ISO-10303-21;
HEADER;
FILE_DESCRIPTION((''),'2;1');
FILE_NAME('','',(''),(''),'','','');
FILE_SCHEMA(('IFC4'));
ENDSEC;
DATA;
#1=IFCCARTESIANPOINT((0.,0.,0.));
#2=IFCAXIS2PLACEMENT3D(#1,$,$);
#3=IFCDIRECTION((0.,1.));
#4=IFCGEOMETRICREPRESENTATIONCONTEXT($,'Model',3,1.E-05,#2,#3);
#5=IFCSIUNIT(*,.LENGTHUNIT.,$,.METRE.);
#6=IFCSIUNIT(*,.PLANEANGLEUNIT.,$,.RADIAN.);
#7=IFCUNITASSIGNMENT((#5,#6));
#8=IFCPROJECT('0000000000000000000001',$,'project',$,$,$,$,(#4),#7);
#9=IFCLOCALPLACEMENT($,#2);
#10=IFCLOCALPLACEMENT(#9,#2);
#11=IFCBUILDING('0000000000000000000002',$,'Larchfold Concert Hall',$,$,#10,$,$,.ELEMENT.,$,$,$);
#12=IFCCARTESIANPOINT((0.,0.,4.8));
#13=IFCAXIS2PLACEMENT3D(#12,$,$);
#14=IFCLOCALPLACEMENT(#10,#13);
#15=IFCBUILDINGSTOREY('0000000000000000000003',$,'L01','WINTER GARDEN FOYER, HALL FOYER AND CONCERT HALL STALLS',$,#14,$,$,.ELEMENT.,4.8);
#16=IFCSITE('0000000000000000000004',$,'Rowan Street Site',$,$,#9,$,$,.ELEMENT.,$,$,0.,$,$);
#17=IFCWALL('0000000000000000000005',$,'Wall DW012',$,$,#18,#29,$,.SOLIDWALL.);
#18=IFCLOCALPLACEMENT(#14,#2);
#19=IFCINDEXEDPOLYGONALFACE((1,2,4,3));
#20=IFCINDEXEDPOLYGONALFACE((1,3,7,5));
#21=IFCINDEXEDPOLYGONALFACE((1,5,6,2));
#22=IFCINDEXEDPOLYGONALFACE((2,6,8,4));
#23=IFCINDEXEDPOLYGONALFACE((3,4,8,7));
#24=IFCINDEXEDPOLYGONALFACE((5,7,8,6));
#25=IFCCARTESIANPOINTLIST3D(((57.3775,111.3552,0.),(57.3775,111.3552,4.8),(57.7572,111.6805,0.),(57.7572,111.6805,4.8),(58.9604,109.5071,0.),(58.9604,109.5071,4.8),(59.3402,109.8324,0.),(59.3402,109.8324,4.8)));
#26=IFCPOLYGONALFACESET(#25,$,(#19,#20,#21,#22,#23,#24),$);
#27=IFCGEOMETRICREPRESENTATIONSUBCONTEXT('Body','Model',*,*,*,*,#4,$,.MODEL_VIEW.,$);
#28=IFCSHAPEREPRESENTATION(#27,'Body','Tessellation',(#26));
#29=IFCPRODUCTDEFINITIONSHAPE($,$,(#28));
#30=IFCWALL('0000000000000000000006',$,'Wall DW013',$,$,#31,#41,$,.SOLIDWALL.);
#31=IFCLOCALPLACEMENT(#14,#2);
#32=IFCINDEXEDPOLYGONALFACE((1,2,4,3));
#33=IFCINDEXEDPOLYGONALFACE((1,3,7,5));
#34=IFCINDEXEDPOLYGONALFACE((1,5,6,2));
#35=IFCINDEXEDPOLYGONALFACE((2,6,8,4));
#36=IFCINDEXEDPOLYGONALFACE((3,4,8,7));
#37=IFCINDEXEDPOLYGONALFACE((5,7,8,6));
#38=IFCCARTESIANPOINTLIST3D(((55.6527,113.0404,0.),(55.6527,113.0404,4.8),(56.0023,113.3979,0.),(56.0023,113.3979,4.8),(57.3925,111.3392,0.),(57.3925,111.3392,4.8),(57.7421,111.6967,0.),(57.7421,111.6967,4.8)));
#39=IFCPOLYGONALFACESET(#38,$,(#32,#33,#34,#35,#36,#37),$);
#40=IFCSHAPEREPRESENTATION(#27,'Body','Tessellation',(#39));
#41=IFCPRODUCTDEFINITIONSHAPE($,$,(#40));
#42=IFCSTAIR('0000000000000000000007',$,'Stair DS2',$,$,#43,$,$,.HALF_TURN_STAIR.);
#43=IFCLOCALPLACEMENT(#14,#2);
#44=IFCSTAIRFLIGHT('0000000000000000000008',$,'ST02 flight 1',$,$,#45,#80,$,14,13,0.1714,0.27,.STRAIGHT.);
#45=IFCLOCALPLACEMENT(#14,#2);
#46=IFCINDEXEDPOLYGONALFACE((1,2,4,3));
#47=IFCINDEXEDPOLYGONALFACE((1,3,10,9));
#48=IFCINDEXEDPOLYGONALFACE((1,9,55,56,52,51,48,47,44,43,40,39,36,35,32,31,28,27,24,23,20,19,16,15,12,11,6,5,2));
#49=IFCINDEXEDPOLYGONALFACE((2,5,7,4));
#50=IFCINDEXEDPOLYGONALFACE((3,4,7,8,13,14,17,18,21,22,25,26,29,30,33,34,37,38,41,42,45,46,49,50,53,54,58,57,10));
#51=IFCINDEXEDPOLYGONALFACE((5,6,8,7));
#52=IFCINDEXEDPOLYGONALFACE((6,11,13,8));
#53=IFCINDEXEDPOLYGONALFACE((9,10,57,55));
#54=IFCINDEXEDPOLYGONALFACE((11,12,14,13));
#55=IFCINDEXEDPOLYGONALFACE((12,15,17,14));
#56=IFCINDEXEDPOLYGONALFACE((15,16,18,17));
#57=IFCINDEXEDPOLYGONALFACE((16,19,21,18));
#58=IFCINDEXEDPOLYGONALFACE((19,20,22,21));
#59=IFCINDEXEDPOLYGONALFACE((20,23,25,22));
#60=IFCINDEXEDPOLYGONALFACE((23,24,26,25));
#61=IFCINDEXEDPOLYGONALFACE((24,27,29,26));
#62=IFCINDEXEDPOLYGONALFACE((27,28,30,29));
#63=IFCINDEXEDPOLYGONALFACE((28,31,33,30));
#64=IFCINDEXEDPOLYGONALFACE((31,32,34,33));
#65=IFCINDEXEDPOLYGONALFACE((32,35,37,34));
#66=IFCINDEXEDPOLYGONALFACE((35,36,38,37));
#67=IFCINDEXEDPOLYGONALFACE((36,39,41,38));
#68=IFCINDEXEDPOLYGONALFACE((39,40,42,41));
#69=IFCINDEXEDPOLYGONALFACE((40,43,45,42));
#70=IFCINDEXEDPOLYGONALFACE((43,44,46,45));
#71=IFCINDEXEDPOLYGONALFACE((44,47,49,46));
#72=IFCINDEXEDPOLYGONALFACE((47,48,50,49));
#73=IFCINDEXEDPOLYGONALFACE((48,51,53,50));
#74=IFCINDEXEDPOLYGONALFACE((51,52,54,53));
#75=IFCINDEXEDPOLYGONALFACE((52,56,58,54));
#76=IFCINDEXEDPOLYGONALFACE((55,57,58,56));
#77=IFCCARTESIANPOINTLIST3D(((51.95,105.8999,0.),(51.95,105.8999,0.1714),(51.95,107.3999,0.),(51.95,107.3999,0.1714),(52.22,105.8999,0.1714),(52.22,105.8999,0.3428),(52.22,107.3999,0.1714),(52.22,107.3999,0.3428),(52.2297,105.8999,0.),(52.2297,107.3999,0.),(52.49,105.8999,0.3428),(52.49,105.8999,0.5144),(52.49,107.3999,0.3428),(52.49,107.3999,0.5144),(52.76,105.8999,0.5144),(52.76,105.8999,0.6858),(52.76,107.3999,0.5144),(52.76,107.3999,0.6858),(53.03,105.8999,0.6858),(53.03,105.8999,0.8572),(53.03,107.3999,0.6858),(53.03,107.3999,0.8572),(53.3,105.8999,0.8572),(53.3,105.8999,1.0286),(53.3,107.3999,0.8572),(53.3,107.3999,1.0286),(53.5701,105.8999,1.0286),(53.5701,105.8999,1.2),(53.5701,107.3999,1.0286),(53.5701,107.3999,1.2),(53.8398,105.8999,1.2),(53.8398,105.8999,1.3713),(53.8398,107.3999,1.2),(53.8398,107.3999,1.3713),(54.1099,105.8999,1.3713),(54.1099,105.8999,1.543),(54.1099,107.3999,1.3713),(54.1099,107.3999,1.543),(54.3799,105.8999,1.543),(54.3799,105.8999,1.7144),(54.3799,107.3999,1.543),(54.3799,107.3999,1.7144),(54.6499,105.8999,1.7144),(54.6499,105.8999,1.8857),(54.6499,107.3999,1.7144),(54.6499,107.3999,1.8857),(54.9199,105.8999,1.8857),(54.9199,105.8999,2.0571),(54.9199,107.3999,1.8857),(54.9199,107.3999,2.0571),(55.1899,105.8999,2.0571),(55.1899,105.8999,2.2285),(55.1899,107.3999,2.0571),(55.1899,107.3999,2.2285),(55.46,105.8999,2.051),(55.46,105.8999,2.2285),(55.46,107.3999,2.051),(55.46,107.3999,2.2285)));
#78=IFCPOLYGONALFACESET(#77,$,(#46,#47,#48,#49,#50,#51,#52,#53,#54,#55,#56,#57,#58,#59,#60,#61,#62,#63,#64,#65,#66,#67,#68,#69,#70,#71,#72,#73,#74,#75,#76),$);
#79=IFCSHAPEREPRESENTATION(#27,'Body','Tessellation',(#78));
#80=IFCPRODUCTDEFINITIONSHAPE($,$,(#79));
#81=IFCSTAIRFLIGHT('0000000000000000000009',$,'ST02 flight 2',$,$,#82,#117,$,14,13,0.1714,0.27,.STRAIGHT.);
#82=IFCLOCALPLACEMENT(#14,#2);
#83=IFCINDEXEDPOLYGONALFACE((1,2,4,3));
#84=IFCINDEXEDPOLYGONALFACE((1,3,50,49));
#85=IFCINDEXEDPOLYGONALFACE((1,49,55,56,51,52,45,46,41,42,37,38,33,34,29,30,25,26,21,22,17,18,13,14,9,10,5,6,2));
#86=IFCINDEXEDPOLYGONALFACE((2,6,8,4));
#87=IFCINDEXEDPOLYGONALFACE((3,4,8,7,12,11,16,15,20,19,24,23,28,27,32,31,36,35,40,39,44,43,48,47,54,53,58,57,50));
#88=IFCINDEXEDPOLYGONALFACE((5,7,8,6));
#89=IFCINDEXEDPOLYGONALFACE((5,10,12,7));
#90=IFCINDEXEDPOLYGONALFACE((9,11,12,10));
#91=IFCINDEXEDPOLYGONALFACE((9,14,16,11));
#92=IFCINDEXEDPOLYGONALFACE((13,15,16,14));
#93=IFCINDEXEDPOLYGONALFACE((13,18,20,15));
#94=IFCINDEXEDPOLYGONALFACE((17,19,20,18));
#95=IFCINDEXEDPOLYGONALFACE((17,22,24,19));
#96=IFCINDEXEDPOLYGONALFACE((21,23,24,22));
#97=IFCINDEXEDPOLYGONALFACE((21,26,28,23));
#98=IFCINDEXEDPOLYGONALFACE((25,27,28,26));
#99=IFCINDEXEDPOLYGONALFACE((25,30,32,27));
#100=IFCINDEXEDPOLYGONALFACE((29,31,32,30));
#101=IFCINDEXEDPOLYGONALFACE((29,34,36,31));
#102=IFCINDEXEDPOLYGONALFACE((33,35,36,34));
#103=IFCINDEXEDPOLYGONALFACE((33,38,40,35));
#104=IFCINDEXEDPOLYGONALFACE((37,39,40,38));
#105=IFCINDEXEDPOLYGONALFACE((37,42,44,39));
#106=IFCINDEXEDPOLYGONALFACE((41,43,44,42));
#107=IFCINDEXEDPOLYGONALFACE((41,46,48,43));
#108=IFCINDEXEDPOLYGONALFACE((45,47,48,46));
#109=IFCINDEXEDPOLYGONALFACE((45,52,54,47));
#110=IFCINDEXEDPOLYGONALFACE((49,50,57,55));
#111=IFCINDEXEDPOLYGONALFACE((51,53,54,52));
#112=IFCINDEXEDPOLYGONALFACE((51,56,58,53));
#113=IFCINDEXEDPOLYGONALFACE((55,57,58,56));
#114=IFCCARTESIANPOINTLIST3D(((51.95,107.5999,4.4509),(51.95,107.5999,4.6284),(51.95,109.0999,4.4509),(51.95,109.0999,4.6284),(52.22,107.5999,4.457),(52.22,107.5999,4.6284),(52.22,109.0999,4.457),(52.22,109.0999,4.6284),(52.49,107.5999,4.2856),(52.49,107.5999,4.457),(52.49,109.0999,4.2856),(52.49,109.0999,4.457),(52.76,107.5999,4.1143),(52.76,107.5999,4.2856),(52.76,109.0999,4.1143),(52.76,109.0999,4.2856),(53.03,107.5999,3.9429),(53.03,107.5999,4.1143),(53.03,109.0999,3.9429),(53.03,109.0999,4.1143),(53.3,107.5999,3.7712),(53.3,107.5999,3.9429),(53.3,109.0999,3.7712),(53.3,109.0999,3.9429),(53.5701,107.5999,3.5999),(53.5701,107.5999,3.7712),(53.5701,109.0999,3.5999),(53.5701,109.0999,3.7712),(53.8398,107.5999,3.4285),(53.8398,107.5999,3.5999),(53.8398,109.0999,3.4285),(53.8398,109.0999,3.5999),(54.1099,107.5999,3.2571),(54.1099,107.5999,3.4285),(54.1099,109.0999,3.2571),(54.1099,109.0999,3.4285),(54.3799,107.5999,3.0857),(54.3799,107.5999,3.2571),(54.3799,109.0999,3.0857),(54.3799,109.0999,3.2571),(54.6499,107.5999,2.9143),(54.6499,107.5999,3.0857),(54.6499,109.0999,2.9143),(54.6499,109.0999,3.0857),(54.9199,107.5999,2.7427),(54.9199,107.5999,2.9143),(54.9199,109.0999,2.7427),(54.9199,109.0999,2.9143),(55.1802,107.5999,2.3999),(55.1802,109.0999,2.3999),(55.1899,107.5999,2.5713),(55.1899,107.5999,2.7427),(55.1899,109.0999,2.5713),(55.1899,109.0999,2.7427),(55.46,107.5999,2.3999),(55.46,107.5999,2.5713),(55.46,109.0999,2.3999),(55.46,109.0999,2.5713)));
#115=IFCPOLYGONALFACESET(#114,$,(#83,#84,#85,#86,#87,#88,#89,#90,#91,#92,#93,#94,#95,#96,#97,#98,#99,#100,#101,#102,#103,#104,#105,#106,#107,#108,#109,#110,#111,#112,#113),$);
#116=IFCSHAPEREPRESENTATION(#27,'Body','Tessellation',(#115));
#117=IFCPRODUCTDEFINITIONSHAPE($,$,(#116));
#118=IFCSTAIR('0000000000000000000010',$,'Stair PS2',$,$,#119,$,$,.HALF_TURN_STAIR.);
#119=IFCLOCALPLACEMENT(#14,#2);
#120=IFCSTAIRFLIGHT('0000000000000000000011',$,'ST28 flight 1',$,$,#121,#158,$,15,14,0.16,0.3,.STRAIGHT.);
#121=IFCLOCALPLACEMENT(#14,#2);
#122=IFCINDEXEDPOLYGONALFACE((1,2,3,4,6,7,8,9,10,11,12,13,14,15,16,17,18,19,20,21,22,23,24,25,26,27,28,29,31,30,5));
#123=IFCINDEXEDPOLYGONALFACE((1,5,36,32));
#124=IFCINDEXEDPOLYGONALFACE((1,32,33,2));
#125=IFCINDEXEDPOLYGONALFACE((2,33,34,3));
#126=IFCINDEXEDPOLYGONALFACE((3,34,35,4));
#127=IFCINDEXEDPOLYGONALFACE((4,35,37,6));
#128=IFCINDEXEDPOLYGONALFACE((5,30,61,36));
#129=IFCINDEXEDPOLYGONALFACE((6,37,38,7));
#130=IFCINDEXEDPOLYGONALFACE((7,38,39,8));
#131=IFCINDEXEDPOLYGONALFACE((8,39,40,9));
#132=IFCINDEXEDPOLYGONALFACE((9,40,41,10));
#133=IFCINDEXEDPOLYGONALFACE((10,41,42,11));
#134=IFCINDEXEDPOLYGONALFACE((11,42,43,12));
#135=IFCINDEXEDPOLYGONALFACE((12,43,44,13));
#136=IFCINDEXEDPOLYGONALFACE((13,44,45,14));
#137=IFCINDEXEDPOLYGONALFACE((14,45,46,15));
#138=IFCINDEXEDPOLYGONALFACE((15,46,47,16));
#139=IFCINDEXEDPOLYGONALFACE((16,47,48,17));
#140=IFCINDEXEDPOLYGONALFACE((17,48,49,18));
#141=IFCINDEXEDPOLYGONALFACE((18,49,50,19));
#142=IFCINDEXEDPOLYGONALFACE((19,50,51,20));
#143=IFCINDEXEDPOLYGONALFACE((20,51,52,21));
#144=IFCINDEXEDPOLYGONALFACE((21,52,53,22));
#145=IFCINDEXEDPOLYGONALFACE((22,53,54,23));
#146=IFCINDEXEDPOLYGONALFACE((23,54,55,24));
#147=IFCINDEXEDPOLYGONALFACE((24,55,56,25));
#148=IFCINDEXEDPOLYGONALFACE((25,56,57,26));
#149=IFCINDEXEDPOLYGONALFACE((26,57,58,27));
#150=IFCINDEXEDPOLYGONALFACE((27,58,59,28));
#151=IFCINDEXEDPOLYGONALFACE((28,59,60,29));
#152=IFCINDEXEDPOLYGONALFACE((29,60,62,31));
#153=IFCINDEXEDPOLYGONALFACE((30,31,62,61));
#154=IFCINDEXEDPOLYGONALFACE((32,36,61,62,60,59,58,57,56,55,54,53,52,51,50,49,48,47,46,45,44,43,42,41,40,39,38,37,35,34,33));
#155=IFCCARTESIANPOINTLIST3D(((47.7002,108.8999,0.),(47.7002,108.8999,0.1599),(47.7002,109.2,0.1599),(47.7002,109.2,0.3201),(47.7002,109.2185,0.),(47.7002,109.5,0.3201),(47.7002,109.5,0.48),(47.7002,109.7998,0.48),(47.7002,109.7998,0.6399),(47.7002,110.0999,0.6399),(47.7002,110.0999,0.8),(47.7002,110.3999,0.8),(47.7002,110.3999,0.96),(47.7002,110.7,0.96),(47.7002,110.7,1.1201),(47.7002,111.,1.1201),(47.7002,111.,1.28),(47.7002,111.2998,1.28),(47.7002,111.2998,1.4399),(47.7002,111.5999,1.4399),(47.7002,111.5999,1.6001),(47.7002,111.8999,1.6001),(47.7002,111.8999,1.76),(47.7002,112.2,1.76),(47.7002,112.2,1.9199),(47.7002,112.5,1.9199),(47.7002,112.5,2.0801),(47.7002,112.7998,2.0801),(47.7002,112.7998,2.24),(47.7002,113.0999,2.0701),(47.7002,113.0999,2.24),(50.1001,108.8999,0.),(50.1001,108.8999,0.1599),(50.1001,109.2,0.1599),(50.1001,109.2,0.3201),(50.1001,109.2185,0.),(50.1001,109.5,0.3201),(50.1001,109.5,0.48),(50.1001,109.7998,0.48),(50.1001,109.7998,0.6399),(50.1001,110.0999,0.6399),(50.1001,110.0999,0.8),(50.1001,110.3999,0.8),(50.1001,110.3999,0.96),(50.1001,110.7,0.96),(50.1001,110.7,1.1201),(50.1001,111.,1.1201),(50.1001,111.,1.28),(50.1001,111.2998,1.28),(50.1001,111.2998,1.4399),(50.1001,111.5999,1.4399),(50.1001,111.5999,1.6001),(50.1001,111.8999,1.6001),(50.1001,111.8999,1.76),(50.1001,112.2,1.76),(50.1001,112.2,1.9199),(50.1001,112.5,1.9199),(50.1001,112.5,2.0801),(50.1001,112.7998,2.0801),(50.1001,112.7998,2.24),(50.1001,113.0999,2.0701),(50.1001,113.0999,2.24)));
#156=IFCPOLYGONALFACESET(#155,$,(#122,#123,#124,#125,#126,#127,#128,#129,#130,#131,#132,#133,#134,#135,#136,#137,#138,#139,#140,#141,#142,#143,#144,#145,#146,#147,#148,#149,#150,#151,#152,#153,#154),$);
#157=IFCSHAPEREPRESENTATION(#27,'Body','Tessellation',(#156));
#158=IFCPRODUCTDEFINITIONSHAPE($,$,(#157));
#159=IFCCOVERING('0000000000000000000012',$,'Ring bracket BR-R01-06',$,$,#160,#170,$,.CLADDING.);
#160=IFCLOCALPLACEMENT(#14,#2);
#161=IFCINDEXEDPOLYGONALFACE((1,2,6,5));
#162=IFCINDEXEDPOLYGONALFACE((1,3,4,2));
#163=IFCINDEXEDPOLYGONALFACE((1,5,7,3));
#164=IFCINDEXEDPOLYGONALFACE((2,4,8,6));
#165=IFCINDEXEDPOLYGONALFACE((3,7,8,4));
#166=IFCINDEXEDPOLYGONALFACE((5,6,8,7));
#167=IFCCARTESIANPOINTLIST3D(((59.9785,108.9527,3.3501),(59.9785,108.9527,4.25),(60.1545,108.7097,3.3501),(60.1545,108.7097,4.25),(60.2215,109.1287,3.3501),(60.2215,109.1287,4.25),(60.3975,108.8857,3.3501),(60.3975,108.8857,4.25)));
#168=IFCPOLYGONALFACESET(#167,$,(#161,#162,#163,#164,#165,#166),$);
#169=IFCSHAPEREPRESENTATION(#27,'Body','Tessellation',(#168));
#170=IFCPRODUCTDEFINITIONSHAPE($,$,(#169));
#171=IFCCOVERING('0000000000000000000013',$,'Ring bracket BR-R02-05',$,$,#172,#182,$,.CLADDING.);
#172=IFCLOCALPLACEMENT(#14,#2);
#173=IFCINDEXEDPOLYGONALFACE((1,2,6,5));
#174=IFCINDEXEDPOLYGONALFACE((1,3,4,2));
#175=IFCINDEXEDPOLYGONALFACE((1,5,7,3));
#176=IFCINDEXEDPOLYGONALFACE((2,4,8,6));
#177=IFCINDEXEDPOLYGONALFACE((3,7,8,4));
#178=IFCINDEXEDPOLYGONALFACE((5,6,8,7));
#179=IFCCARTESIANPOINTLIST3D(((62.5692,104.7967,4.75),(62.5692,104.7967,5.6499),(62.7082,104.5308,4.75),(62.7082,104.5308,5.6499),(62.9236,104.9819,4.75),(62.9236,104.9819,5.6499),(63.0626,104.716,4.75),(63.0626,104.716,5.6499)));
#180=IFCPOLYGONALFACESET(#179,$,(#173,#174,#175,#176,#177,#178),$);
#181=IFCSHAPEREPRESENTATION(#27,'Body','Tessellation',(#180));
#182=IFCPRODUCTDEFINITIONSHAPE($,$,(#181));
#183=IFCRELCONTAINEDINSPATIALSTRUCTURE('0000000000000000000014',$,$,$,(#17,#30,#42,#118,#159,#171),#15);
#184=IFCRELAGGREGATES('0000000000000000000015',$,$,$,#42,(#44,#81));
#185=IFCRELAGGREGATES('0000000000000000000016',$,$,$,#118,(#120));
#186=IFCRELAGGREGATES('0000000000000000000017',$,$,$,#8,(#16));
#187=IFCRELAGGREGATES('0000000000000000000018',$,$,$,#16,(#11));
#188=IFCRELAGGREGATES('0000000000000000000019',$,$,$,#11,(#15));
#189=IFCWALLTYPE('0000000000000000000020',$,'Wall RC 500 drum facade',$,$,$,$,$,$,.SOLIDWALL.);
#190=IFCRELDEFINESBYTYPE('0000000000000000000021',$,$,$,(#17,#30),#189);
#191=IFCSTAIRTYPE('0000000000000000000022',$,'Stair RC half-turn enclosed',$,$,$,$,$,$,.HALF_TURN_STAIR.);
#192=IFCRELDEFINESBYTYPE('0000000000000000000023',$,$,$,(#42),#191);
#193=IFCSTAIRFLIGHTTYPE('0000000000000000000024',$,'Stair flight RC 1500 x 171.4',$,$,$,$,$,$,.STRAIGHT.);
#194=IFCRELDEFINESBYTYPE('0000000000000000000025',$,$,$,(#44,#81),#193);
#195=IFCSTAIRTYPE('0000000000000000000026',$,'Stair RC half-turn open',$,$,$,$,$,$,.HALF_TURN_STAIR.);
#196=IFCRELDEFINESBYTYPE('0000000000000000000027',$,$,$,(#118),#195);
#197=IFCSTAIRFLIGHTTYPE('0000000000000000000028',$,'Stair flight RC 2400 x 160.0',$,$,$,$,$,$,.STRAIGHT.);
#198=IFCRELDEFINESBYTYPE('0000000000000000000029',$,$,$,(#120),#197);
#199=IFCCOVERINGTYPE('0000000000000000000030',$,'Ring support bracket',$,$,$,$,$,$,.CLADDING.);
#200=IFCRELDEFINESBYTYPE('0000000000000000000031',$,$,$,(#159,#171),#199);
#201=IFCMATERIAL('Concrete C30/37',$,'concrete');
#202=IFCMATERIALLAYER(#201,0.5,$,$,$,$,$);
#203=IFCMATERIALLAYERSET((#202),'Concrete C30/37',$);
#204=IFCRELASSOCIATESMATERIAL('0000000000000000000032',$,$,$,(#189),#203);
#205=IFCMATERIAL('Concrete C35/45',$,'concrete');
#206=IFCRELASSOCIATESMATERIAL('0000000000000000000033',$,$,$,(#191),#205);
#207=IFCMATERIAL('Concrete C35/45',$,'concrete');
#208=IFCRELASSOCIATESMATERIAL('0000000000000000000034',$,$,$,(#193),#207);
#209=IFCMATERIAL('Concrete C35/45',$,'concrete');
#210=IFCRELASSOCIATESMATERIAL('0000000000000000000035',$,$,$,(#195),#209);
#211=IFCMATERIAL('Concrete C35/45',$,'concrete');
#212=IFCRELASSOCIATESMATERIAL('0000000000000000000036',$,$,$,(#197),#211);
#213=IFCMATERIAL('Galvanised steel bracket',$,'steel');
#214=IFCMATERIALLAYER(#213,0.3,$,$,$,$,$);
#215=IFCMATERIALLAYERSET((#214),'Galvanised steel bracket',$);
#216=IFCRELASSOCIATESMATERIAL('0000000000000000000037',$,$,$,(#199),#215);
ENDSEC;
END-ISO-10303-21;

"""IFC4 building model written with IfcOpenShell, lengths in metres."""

from ifc_helpers import new_model, si_unit, direction, frame, frame_2d, origin, origin_2d, place, context, subcontext, project, spatial, polyline, rectangle, outline, extrude, material, layer, layer_set, type_object, element, aggregate, save


model = new_model("IFC4")

# Units and contexts
model_context = context("Model", 3, precision=1e-05, world=origin(), true_north=direction((0.0, 1.0)))
body_context = subcontext(model_context, "Body", "Model", "MODEL_VIEW")
ifc_project = project(units=[si_unit("LENGTHUNIT", "METRE"), si_unit("PLANEANGLEUNIT", "RADIAN")], contexts=[model_context])

# Site, building, storey
site_placement = place(None, origin())
site = spatial("IfcSite", under=ifc_project, at=site_placement, Name="Rowan Street Site", CompositionType="ELEMENT", RefElevation=0.0)
building_placement = place(site_placement, origin())
building = spatial("IfcBuilding", under=site, at=building_placement, Name="Larchfold Concert Hall", CompositionType="ELEMENT")
storey_placement = place(building_placement, frame((0.0, 0.0, 4.8)))
storey = spatial("IfcBuildingStorey", under=building, at=storey_placement, Name="L01", Description="WINTER GARDEN FOYER, HALL FOYER AND CONCERT HALL STALLS", CompositionType="ELEMENT", Elevation=4.8)

# Walls
ifc_material_1 = material(Name="Concrete C30/37", Category="concrete")
ifc_layer_1 = layer(ifc_material_1, 0.5)
ifc_layer_set_1 = layer_set([ifc_layer_1], Name="Concrete C30/37")
wall_type_1 = type_object("IfcWallType", Name="Wall RC 500 drum facade", PredefinedType="SOLIDWALL", material=ifc_layer_set_1)
for number, where, z_axis, x_axis, name in (
    (1, (59.1504, 109.6697, 0.0), (0.0, 0.0, 1.0), (-0.650527, 0.759483, 0.0), "Wall DW012"),
    (2, (57.5674, 111.5178, 0.0), (0.0, 0.0, 1.0), (-0.714989, 0.699136, 0.0), "Wall DW013"),
):
    element("IfcWall", number, at=place(storey_placement, frame(where, z_axis=z_axis, x_axis=x_axis)), inside=storey, type_object=wall_type_1, Name=name, PredefinedType="SOLIDWALL", context=body_context, shape_type="SweptSolid", body=[
        extrude(rectangle(XDim=2.4333, YDim=0.5, at=frame_2d((1.2168, 0.0))), origin(), (0.0, 0.0, 1.0), 4.8),
    ])

# Stair, stair flights
ifc_material_2 = material(Name="Concrete C35/45", Category="concrete")
stair_type_1 = type_object("IfcStairType", Name="Stair RC half-turn enclosed", PredefinedType="HALF_TURN_STAIR", material=ifc_material_2)
stair_1_placement = place(storey_placement, origin())
stair_1 = element("IfcStair", 3, at=stair_1_placement, inside=storey, type_object=stair_type_1, Name="Stair DS2", PredefinedType="HALF_TURN_STAIR")
ifc_material_3 = material(Name="Concrete C35/45", Category="concrete")
stair_flight_type_1 = type_object("IfcStairFlightType", Name="Stair flight RC 1500 x 171.4", PredefinedType="STRAIGHT", material=ifc_material_3)
stair_flight_1_placement = place(storey_placement, frame((51.95, 106.6499, 0.0), z_axis=(0.0, 0.0, 1.0), x_axis=(1.0, 0.0, 0.0)))
stair_flight_1 = element("IfcStairFlight", 4, at=stair_flight_1_placement, type_object=stair_flight_type_1, Name="ST02 flight 1", NumberOfRisers=14, NumberOfTreads=13, PredefinedType="STRAIGHT", RiserHeight=0.1714, TreadLength=0.27, context=body_context, shape_type="SweptSolid", body=[
    extrude(outline(polyline([(0.0, 0.0), (0.0, 0.1714), (0.27, 0.1714), (0.27, 0.3428), (0.54, 0.3428), (0.54, 0.5144), (0.8101, 0.5144), (0.8101, 0.6858), (1.0801, 0.6858), (1.0801, 0.8572), (1.3501, 0.8572), (1.3501, 1.0286), (1.6201, 1.0286), (1.6201, 1.2), (1.8899, 1.2), (1.8899, 1.3713), (2.1599, 1.3713), (2.1599, 1.543), (2.4299, 1.543), (2.4299, 1.7144), (2.7, 1.7144), (2.7, 1.8857), (2.97, 1.8857), (2.97, 2.0571), (3.24, 2.0571), (3.24, 2.2285), (3.51, 2.2285), (3.51, 2.3999), (3.51, 2.051), (0.2798, 0.0), (0.0, 0.0)])), frame((0.0, 0.75, 0.0), z_axis=(0.0, -1.0, 0.0), x_axis=(1.0, 0.0, 0.0)), (0.0, 0.0, 1.0), 1.5),
])
stair_flight_2_placement = place(storey_placement, frame((55.46, 108.3499, 2.3999), z_axis=(0.0, 0.0, 1.0), x_axis=(-1.0, 0.0, 0.0)))
stair_flight_2 = element("IfcStairFlight", 5, at=stair_flight_2_placement, type_object=stair_flight_type_1, Name="ST02 flight 2", NumberOfRisers=14, NumberOfTreads=13, PredefinedType="STRAIGHT", RiserHeight=0.1714, TreadLength=0.27, context=body_context, shape_type="SweptSolid", body=[
    extrude(outline(polyline([(0.0, 0.0), (0.0, 0.1714), (0.27, 0.1714), (0.27, 0.3428), (0.54, 0.3428), (0.54, 0.5144), (0.8101, 0.5144), (0.8101, 0.6858), (1.0801, 0.6858), (1.0801, 0.8572), (1.3501, 0.8572), (1.3501, 1.0286), (1.6201, 1.0286), (1.6201, 1.2), (1.8899, 1.2), (1.8899, 1.3713), (2.1599, 1.3713), (2.1599, 1.543), (2.4299, 1.543), (2.4299, 1.7144), (2.7, 1.7144), (2.7, 1.8857), (2.97, 1.8857), (2.97, 2.0571), (3.24, 2.0571), (3.24, 2.2285), (3.51, 2.2285), (3.51, 2.3999), (3.51, 2.051), (0.2798, 0.0), (0.0, 0.0)])), frame((0.0, 0.75, 0.0), z_axis=(0.0, -1.0, 0.0), x_axis=(1.0, 0.0, 0.0)), (0.0, 0.0, 1.0), 1.5),
])
aggregate(stair_1, [stair_flight_1, stair_flight_2])

# Stair, stair flight
ifc_material_4 = material(Name="Concrete C35/45", Category="concrete")
stair_type_2 = type_object("IfcStairType", Name="Stair RC half-turn open", PredefinedType="HALF_TURN_STAIR", material=ifc_material_4)
stair_2_placement = place(storey_placement, origin())
stair_2 = element("IfcStair", 6, at=stair_2_placement, inside=storey, type_object=stair_type_2, Name="Stair PS2", PredefinedType="HALF_TURN_STAIR")
ifc_material_5 = material(Name="Concrete C35/45", Category="concrete")
stair_flight_type_2 = type_object("IfcStairFlightType", Name="Stair flight RC 2400 x 160.0", PredefinedType="STRAIGHT", material=ifc_material_5)
stair_flight_3_placement = place(storey_placement, frame((48.9001, 108.8999, 0.0), z_axis=(0.0, 0.0, 1.0), x_axis=(0.0, 1.0, 0.0)))
stair_flight_3 = element("IfcStairFlight", 7, at=stair_flight_3_placement, type_object=stair_flight_type_2, Name="ST28 flight 1", NumberOfRisers=15, NumberOfTreads=14, PredefinedType="STRAIGHT", RiserHeight=0.16, TreadLength=0.3, context=body_context, shape_type="SweptSolid", body=[
    extrude(outline(polyline([(0.0, 0.0), (0.0, 0.1599), (0.3, 0.1599), (0.3, 0.3201), (0.6001, 0.3201), (0.6001, 0.48), (0.8999, 0.48), (0.8999, 0.6399), (1.2, 0.6399), (1.2, 0.8), (1.5, 0.8), (1.5, 0.96), (1.8, 0.96), (1.8, 1.1201), (2.1001, 1.1201), (2.1001, 1.28), (2.3999, 1.28), (2.3999, 1.4399), (2.7, 1.4399), (2.7, 1.6001), (3.0, 1.6001), (3.0, 1.76), (3.3, 1.76), (3.3, 1.9199), (3.6001, 1.9199), (3.6001, 2.0801), (3.8999, 2.0801), (3.8999, 2.24), (4.2, 2.24), (4.2, 2.3999), (4.2, 2.0701), (0.3186, 0.0), (0.0, 0.0)])), frame((0.0, 1.2, 0.0), z_axis=(0.0, -1.0, 0.0), x_axis=(1.0, 0.0, 0.0)), (0.0, 0.0, 1.0), 2.3999),
])
aggregate(stair_2, [stair_flight_3])

# Coverings
ifc_material_6 = material(Name="Galvanised steel bracket", Category="steel")
ifc_layer_2 = layer(ifc_material_6, 0.3)
ifc_layer_set_2 = layer_set([ifc_layer_2], Name="Galvanised steel bracket")
covering_type = type_object("IfcCoveringType", Name="Ring support bracket", PredefinedType="CLADDING", material=ifc_layer_set_2)
covering_placement = place(storey_placement, frame((60.188, 108.9192, 3.3501), z_axis=(0.0, 0.0, 1.0), x_axis=(0.809815, 0.586685, 0.0)))
element("IfcCovering", 8, at=covering_placement, inside=storey, type_object=covering_type, Name="Ring bracket BR-R01-06", PredefinedType="CLADDING", context=body_context, shape_type="SweptSolid", body=[
    extrude(rectangle(XDim=0.3, YDim=0.3, at=origin_2d()), origin(), (0.0, 0.0, 1.0), 0.8999),
])
for number, where, z_axis, x_axis, name in (
    (9, (62.8159, 104.7563, 4.75), (0.0, 0.0, 1.0), (0.886274, 0.463162, 0.0), "Ring bracket BR-R02-05"),
):
    element("IfcCovering", number, at=place(storey_placement, frame(where, z_axis=z_axis, x_axis=x_axis)), inside=storey, type_object=covering_type, Name=name, PredefinedType="CLADDING", context=body_context, shape_type="SweptSolid", body=[
        extrude(rectangle(XDim=0.3999, YDim=0.3, at=origin_2d()), origin(), (0.0, 0.0, 1.0), 0.8999),
    ])

save(model, "model.ifc")
